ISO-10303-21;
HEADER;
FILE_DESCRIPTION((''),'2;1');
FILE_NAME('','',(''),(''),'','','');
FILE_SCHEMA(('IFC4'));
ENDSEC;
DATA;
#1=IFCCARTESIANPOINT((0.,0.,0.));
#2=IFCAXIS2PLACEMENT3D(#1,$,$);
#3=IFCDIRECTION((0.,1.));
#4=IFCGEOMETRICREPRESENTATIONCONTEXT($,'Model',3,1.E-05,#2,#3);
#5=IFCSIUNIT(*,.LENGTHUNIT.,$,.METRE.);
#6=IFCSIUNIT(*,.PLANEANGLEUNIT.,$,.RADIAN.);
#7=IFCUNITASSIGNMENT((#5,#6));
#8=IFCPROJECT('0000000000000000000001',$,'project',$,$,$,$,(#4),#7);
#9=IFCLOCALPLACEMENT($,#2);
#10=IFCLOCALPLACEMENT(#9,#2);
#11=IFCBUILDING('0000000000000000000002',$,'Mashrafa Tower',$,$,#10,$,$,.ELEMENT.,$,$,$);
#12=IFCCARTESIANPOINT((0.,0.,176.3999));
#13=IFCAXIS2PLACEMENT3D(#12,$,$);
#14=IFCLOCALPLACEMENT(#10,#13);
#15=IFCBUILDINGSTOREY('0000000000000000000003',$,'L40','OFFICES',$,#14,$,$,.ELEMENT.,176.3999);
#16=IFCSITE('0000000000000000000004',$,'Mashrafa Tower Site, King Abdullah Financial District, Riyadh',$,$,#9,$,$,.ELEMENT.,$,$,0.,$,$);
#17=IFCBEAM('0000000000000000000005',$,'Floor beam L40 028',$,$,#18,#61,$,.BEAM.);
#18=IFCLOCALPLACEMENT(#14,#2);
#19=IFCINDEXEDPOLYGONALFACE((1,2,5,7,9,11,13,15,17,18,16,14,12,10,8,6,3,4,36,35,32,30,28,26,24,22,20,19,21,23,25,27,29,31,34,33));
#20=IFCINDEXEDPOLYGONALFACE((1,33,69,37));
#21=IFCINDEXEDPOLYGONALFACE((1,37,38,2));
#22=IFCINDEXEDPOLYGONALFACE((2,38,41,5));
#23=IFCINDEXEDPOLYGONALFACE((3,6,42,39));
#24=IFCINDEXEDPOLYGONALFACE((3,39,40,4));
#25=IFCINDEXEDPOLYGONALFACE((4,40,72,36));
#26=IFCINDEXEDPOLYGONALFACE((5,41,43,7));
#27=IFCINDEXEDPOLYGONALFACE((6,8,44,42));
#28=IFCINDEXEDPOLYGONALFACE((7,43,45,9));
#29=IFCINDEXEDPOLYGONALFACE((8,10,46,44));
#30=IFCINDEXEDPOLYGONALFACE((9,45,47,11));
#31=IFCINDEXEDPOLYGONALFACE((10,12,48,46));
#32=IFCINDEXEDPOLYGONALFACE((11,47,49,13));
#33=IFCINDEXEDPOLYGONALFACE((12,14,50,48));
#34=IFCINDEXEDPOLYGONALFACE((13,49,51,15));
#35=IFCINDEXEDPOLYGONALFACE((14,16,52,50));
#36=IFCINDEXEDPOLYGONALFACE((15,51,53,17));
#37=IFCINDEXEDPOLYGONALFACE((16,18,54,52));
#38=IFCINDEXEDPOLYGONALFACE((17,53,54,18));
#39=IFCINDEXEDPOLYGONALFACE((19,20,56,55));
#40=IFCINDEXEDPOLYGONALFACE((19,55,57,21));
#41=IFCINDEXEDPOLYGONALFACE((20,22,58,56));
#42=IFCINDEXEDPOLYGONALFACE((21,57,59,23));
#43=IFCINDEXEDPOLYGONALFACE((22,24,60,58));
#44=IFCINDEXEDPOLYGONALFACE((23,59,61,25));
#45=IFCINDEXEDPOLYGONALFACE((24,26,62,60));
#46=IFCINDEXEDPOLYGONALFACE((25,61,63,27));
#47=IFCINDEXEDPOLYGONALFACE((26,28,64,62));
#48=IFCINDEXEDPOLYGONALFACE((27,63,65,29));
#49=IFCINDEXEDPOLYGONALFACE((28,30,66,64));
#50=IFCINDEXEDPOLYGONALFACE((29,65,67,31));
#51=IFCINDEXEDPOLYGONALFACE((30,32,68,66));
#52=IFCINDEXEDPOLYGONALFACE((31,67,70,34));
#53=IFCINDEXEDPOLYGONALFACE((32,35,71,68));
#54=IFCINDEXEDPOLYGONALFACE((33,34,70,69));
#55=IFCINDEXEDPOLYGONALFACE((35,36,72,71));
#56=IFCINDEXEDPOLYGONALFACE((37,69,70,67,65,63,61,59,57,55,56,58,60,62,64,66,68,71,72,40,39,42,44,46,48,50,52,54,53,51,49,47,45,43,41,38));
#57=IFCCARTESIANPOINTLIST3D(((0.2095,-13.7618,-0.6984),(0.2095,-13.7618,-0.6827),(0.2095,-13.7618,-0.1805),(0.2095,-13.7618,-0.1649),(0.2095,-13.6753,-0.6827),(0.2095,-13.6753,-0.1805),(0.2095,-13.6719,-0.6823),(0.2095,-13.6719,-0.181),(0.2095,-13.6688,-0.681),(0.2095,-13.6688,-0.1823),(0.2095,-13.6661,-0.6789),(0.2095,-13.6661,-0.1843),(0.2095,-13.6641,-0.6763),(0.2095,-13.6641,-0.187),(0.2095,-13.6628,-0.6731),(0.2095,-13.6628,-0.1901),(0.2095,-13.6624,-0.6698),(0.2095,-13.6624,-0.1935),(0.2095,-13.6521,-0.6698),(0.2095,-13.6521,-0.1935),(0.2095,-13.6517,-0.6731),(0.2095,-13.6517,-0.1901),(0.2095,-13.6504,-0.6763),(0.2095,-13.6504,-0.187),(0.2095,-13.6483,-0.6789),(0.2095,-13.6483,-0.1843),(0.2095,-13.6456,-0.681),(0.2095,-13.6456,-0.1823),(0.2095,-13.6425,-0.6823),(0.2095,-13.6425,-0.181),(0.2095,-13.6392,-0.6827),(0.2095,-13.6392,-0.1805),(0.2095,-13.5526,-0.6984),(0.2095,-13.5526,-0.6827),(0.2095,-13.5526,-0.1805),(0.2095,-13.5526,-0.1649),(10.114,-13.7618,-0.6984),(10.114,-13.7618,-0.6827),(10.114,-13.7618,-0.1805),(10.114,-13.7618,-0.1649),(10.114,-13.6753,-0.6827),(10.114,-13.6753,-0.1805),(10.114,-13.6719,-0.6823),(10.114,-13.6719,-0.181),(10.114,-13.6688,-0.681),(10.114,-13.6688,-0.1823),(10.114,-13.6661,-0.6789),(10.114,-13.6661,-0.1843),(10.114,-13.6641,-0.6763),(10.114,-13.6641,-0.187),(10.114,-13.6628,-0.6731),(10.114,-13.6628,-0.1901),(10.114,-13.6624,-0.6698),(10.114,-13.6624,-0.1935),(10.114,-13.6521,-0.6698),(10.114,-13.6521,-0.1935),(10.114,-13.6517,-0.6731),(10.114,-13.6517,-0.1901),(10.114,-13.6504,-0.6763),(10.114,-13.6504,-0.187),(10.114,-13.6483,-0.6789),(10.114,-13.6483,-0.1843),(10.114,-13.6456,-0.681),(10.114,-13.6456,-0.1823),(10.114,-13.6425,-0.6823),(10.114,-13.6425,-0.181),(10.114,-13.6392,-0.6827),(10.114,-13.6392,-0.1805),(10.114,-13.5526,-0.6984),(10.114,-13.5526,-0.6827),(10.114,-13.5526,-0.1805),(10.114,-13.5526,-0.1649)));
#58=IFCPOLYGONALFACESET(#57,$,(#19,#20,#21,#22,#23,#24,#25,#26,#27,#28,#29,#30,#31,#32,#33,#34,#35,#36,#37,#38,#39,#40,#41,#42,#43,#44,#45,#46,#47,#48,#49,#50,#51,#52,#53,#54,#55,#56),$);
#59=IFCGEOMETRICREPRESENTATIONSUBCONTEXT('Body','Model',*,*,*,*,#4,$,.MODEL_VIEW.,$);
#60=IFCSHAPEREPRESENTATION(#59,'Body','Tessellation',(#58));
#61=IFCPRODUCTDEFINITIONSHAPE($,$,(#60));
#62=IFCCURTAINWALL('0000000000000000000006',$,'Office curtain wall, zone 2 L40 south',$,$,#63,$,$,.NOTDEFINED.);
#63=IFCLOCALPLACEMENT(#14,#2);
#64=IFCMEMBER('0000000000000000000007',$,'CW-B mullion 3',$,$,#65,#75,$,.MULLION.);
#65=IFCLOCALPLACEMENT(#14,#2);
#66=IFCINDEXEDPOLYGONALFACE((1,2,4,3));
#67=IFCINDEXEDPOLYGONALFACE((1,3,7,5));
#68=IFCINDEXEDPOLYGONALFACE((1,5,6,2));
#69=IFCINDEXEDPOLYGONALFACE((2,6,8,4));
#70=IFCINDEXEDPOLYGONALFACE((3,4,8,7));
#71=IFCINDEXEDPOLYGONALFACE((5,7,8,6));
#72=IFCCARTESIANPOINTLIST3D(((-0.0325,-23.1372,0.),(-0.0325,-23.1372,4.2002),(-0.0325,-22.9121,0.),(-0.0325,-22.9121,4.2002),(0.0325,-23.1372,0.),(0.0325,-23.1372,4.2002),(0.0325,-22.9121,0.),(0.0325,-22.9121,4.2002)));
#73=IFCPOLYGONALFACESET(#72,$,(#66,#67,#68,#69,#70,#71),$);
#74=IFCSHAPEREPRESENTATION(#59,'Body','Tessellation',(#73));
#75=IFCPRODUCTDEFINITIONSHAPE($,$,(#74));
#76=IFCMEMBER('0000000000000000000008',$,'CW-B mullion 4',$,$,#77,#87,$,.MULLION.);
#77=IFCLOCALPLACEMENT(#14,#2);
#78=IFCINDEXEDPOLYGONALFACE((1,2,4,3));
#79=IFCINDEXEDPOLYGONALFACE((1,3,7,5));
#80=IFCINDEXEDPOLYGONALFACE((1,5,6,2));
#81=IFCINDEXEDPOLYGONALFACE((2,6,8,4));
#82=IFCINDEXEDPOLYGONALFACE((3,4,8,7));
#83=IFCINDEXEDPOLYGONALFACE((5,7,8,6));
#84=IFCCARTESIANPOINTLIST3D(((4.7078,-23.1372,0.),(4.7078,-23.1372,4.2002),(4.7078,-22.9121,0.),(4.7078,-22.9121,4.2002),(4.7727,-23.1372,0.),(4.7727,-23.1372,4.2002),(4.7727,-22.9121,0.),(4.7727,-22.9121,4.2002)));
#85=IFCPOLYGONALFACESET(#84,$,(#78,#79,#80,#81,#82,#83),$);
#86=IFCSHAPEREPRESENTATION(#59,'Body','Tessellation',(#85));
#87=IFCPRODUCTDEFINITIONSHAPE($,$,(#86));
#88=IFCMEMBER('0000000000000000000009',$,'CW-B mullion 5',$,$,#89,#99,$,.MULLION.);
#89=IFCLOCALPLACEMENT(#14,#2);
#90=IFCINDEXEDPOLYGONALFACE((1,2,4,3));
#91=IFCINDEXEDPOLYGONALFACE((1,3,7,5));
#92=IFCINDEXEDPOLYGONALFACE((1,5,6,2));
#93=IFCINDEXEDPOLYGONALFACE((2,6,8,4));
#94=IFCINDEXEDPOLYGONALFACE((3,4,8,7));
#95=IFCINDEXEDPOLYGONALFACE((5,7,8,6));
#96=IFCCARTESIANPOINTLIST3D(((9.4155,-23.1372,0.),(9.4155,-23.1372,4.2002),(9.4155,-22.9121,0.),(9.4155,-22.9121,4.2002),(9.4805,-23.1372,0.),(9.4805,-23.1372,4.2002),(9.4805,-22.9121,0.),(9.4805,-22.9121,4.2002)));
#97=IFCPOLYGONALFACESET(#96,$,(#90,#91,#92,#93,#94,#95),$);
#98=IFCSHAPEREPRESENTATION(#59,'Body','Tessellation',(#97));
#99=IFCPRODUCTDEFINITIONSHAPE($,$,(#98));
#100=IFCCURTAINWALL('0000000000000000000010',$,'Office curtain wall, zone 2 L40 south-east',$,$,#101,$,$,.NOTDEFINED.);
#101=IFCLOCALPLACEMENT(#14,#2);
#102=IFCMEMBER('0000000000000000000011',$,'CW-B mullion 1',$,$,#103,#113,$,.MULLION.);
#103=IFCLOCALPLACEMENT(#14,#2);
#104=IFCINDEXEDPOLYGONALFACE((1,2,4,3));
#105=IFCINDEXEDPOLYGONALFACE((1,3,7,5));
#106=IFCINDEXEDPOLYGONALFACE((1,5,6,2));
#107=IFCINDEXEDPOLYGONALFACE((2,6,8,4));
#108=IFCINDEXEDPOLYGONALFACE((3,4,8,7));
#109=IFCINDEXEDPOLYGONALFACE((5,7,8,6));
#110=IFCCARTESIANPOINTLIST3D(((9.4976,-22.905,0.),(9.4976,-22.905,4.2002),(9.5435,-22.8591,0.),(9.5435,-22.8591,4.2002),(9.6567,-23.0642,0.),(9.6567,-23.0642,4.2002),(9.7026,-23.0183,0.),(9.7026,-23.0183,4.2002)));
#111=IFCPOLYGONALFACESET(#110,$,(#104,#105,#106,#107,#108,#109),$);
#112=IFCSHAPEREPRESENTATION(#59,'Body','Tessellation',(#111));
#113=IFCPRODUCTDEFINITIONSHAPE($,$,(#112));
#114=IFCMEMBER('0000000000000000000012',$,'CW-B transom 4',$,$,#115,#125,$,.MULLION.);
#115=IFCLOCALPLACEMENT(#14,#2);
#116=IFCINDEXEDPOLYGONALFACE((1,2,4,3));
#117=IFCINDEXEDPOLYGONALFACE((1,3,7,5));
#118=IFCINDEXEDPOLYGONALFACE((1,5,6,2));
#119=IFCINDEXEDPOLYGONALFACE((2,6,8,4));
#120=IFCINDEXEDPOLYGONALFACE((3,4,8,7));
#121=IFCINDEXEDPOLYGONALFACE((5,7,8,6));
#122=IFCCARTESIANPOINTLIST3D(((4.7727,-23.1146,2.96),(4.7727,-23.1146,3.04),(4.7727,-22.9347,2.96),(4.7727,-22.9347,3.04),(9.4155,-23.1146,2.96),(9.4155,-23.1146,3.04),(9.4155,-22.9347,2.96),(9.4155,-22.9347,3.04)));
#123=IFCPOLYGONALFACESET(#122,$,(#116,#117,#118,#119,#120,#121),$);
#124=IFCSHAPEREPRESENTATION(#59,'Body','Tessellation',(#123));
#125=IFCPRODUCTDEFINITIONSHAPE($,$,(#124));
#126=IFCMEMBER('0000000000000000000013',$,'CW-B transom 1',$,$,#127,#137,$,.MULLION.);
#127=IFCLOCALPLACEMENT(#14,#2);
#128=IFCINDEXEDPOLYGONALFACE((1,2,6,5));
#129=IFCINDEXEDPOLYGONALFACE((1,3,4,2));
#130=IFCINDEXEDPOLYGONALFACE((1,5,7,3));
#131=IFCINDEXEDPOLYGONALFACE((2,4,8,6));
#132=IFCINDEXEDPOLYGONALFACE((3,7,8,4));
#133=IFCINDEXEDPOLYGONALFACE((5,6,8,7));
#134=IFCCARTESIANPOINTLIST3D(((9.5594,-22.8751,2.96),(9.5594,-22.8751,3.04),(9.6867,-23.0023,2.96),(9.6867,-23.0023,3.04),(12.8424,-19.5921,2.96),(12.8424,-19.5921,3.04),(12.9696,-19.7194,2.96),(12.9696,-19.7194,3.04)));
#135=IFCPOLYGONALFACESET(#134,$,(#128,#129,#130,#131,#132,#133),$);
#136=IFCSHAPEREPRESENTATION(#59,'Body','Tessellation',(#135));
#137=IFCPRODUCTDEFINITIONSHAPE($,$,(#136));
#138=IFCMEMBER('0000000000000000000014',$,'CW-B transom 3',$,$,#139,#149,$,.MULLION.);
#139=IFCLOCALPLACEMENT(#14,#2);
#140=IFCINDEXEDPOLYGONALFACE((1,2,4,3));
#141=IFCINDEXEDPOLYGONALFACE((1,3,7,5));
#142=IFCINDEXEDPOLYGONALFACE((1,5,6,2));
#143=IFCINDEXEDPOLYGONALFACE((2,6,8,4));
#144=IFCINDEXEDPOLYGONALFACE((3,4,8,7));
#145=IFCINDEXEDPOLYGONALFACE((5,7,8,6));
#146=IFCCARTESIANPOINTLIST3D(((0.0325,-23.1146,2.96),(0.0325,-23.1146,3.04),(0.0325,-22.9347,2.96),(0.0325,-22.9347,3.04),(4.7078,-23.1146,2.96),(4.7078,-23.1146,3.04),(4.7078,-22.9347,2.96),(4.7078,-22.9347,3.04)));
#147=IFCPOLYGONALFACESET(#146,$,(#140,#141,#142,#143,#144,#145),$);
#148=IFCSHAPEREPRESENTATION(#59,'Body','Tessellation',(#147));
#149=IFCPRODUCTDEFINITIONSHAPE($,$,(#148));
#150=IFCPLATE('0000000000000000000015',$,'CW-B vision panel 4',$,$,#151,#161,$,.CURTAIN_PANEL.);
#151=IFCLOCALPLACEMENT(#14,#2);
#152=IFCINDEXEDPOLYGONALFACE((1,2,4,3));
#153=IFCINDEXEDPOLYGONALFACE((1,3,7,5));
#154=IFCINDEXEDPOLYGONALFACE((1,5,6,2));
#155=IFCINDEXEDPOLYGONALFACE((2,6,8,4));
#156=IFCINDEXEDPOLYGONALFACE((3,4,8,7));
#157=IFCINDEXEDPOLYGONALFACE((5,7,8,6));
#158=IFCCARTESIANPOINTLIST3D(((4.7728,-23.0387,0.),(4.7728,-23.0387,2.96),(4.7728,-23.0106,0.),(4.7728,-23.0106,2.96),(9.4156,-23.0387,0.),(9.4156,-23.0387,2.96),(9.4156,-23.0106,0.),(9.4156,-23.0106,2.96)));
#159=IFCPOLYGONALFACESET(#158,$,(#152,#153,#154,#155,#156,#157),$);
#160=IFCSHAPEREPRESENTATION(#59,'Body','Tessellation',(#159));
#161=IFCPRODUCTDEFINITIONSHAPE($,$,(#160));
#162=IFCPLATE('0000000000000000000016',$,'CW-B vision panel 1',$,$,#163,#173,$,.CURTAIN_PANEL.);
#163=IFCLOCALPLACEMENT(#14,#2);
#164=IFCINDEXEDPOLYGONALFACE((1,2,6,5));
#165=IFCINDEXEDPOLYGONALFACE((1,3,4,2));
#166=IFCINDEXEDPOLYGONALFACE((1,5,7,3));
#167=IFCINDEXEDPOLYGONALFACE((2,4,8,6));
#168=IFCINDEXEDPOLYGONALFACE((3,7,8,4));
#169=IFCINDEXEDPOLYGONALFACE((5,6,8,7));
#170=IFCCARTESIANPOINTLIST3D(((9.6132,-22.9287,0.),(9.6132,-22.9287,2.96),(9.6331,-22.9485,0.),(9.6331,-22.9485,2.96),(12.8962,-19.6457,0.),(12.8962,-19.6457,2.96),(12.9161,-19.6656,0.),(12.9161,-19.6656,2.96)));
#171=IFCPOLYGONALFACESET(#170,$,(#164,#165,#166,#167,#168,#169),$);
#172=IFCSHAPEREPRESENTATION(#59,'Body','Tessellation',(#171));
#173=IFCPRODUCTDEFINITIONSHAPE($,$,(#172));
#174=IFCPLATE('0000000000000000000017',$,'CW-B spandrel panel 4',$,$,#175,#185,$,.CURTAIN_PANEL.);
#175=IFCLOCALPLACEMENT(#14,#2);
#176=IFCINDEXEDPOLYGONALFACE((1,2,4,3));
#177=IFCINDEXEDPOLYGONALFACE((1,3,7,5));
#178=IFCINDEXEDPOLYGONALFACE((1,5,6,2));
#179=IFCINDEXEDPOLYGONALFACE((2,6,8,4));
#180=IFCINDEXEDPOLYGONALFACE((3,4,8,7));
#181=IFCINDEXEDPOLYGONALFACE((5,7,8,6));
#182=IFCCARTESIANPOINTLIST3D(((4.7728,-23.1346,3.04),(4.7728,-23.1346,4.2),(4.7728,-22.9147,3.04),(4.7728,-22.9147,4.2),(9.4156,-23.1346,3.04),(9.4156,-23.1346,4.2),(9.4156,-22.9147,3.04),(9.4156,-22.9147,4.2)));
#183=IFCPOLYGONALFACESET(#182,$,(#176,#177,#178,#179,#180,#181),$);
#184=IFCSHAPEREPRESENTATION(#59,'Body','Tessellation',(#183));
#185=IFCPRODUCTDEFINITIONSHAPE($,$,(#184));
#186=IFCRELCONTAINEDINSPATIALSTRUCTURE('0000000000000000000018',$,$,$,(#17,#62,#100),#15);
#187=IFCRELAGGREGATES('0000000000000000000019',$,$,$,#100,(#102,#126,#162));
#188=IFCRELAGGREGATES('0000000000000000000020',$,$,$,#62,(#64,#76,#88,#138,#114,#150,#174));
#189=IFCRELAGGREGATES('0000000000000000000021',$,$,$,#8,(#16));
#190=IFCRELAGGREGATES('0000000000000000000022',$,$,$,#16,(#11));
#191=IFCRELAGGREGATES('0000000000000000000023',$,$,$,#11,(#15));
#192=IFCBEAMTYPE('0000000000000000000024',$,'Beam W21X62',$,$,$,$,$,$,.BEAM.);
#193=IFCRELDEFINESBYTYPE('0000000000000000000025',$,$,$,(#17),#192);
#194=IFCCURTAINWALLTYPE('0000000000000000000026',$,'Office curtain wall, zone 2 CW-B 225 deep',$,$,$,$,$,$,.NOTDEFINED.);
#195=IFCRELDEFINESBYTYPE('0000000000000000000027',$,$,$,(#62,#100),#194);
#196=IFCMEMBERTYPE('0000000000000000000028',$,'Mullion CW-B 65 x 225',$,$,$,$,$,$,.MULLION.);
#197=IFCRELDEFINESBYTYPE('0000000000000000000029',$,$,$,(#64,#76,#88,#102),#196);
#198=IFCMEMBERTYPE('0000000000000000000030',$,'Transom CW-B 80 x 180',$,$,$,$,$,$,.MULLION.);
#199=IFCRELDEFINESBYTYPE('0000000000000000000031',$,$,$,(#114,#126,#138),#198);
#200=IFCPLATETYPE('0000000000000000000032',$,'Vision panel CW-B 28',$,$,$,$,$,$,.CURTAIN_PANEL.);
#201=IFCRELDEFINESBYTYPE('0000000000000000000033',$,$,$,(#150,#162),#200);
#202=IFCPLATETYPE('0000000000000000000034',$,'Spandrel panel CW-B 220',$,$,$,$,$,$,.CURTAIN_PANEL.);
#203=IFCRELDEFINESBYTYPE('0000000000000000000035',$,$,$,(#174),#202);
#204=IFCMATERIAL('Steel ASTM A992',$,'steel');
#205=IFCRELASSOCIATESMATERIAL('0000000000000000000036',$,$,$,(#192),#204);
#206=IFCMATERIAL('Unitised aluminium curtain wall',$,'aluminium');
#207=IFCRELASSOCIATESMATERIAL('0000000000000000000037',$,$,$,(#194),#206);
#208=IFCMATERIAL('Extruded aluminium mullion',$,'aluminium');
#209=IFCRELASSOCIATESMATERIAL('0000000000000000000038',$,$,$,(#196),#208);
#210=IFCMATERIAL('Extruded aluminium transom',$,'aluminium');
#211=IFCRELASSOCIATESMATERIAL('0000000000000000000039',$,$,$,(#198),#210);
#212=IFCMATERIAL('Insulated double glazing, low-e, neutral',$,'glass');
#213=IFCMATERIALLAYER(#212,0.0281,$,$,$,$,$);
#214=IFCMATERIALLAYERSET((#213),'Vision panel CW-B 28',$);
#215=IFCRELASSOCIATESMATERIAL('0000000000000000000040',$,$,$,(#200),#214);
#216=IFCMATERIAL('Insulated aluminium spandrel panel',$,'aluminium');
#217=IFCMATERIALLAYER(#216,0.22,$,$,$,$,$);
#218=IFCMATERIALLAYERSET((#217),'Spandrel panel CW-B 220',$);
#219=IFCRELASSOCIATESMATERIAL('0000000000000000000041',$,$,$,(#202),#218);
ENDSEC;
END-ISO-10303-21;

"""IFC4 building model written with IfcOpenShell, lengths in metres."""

from ifc_helpers import new_model, si_unit, direction, frame, origin, origin_2d, place, context, subcontext, project, spatial, rectangle, i_section, extrude, source, transform, mapped, material, layer, layer_set, material_profile, profile_set, type_object, type_shapes, element, aggregate, save


model = new_model("IFC4")

# Units and contexts
model_context = context("Model", 3, precision=1e-05, world=origin(), true_north=direction((0.0, 1.0)))
body_context = subcontext(model_context, "Body", "Model", "MODEL_VIEW")
ifc_project = project(units=[si_unit("LENGTHUNIT", "METRE"), si_unit("PLANEANGLEUNIT", "RADIAN")], contexts=[model_context])

# Site, building, storey
site_placement = place(None, origin())
site = spatial("IfcSite", under=ifc_project, at=site_placement, Name="Mashrafa Tower Site, King Abdullah Financial District, Riyadh", CompositionType="ELEMENT", RefElevation=0.0)
building_placement = place(site_placement, origin())
building = spatial("IfcBuilding", under=site, at=building_placement, Name="Mashrafa Tower", CompositionType="ELEMENT")
storey_placement = place(building_placement, frame((0.0, 0.0, 176.3999)))
storey = spatial("IfcBuildingStorey", under=building, at=storey_placement, Name="L40", Description="OFFICES", CompositionType="ELEMENT", Elevation=176.3999)

# Beam
ifc_material_1 = material(Name="Steel ASTM A992", Category="steel")
ifc_material_profile_1 = material_profile(ifc_material_1, i_section(OverallWidth=0.2092, OverallDepth=0.5334, WebThickness=0.0103, FlangeThickness=0.0156, FilletRadius=0.0129, at=origin_2d()), Name="W21X62")
ifc_profile_set_1 = profile_set([ifc_material_profile_1], Name="Steel ASTM A992")
beam_type_1 = type_object("IfcBeamType", Name="Beam W21X62", PredefinedType="BEAM", material=ifc_profile_set_1)
beam_1_placement = place(storey_placement, frame((10.114, -13.6572, -0.4316), z_axis=(-1.0, 0.0, 0.0), x_axis=(0.0, -1.0, 0.0)))
element("IfcBeam", 1, at=beam_1_placement, inside=storey, type_object=beam_type_1, Name="Floor beam L40 028", PredefinedType="BEAM", context=body_context, shape_type="SweptSolid", body=[
    extrude(i_section(OverallWidth=0.2092, OverallDepth=0.5334, WebThickness=0.0103, FlangeThickness=0.0156, FilletRadius=0.0129, at=origin_2d()), origin(), (0.0, 0.0, 1.0), 9.9045),
])

# Curtain wall, members
ifc_material_2 = material(Name="Unitised aluminium curtain wall", Category="aluminium")
curtain_wall_type = type_object("IfcCurtainWallType", Name="Office curtain wall, zone 2 CW-B 225 deep", PredefinedType="NOTDEFINED", material=ifc_material_2)
curtain_wall_1_placement = place(storey_placement, origin())
curtain_wall_1 = element("IfcCurtainWall", 2, at=curtain_wall_1_placement, inside=storey, type_object=curtain_wall_type, Name="Office curtain wall, zone 2 L40 south", PredefinedType="NOTDEFINED")
ifc_material_3 = material(Name="Extruded aluminium mullion", Category="aluminium")
ifc_material_profile_2 = material_profile(ifc_material_3, rectangle(XDim=0.2251, YDim=0.0649, at=origin_2d()), Name="Mullion 65x225")
ifc_profile_set_2 = profile_set([ifc_material_profile_2], Name="Extruded aluminium mullion")
member_type_1 = type_object("IfcMemberType", Name="Mullion CW-B 65 x 225", PredefinedType="MULLION", material=ifc_profile_set_2)
shared_shape_1 = source(origin(), body_context, "Body", "SweptSolid", [
    extrude(rectangle(XDim=0.2251, YDim=0.0649, at=origin_2d()), origin(), (0.0, 0.0, 1.0), 4.2002),
])
type_shapes(member_type_1, [shared_shape_1])
member_1_placement = place(storey_placement, frame((0.0, -23.0247, 0.0), z_axis=(0.0, 0.0, 1.0), x_axis=(0.0, 1.0, 0.0)))
member_1 = element("IfcMember", 3, at=member_1_placement, type_object=member_type_1, Name="CW-B mullion 3", PredefinedType="MULLION", context=body_context, shape_type="MappedRepresentation", body=[
    mapped(shared_shape_1, transform((0.0, 0.0, 0.0))),
])
member_2_placement = place(storey_placement, frame((4.7402, -23.0247, 0.0), z_axis=(0.0, 0.0, 1.0), x_axis=(0.0, 1.0, 0.0)))
member_2 = element("IfcMember", 4, at=member_2_placement, type_object=member_type_1, Name="CW-B mullion 4", PredefinedType="MULLION", context=body_context, shape_type="MappedRepresentation", body=[
    mapped(shared_shape_1, transform((0.0, 0.0, 0.0))),
])
member_3_placement = place(storey_placement, frame((9.448, -23.0247, 0.0), z_axis=(0.0, 0.0, 1.0), x_axis=(0.0, 1.0, 0.0)))
member_3 = element("IfcMember", 5, at=member_3_placement, type_object=member_type_1, Name="CW-B mullion 5", PredefinedType="MULLION", context=body_context, shape_type="MappedRepresentation", body=[
    mapped(shared_shape_1, transform((0.0, 0.0, 0.0))),
])

# Curtain wall, member
curtain_wall_2_placement = place(storey_placement, origin())
curtain_wall_2 = element("IfcCurtainWall", 6, at=curtain_wall_2_placement, inside=storey, type_object=curtain_wall_type, Name="Office curtain wall, zone 2 L40 south-east", PredefinedType="NOTDEFINED")
member_4_placement = place(storey_placement, frame((9.6001, -22.9617, 0.0), z_axis=(0.0, 0.0, 1.0), x_axis=(-0.707107, 0.707107, 0.0)))
member_4 = element("IfcMember", 7, at=member_4_placement, type_object=member_type_1, Name="CW-B mullion 1", PredefinedType="MULLION", context=body_context, shape_type="MappedRepresentation", body=[
    mapped(shared_shape_1, transform((0.0, 0.0, 0.0))),
])

# Members
ifc_material_4 = material(Name="Extruded aluminium transom", Category="aluminium")
ifc_material_profile_3 = material_profile(ifc_material_4, rectangle(XDim=0.1799, YDim=0.0801, at=origin_2d()), Name="Transom 80x180")
ifc_profile_set_3 = profile_set([ifc_material_profile_3], Name="Extruded aluminium transom")
member_type_2 = type_object("IfcMemberType", Name="Transom CW-B 80 x 180", PredefinedType="MULLION", material=ifc_profile_set_3)
shared_shape_2 = source(origin(), body_context, "Body", "SweptSolid", [
    extrude(rectangle(XDim=0.1799, YDim=0.0801, at=origin_2d()), origin(), (0.0, 0.0, 1.0), 4.6428),
])
member_5_placement = place(storey_placement, frame((4.7727, -23.0247, 3.0), z_axis=(1.0, 0.0, 0.0), x_axis=(0.0, 1.0, 0.0)))
member_5 = element("IfcMember", 8, at=member_5_placement, type_object=member_type_2, Name="CW-B transom 4", PredefinedType="MULLION", context=body_context, shape_type="MappedRepresentation", body=[
    mapped(shared_shape_2, transform((0.0, 0.0, 0.0))),
])
member_6_placement = place(storey_placement, frame((9.623, -22.9387, 3.0), z_axis=(0.707107, 0.707107, 0.0), x_axis=(-0.707107, 0.707107, 0.0)))
member_6 = element("IfcMember", 9, at=member_6_placement, type_object=member_type_2, Name="CW-B transom 1", PredefinedType="MULLION", context=body_context, shape_type="MappedRepresentation", body=[
    mapped(shared_shape_2, transform((0.0, 0.0, 0.0))),
])
shared_shape_3 = source(origin(), body_context, "Body", "SweptSolid", [
    extrude(rectangle(XDim=0.1799, YDim=0.0801, at=origin_2d()), origin(), (0.0, 0.0, 1.0), 4.6753),
])
type_shapes(member_type_2, [shared_shape_2, shared_shape_3])
member_7_placement = place(storey_placement, frame((0.0325, -23.0247, 3.0), z_axis=(1.0, 0.0, 0.0), x_axis=(0.0, 1.0, 0.0)))
member_7 = element("IfcMember", 10, at=member_7_placement, type_object=member_type_2, Name="CW-B transom 3", PredefinedType="MULLION", context=body_context, shape_type="MappedRepresentation", body=[
    mapped(shared_shape_3, transform((0.0, 0.0, 0.0))),
])

# Plates
ifc_material_5 = material(Name="Insulated double glazing, low-e, neutral", Category="glass")
ifc_layer_1 = layer(ifc_material_5, 0.0281)
ifc_layer_set_1 = layer_set([ifc_layer_1], Name="Vision panel CW-B 28")
plate_type_1 = type_object("IfcPlateType", Name="Vision panel CW-B 28", PredefinedType="CURTAIN_PANEL", material=ifc_layer_set_1)
shared_shape_4 = source(origin(), body_context, "Body", "SweptSolid", [
    extrude(rectangle(XDim=4.6428, YDim=0.0281, at=origin_2d()), origin(), (0.0, 0.0, 1.0), 2.96),
])
plate_1_placement = place(storey_placement, frame((7.0942, -23.0247, 0.0), z_axis=(0.0, 0.0, 1.0), x_axis=(1.0, 0.0, 0.0)))
plate_1 = element("IfcPlate", 11, at=plate_1_placement, type_object=plate_type_1, Name="CW-B vision panel 4", PredefinedType="CURTAIN_PANEL", context=body_context, shape_type="MappedRepresentation", body=[
    mapped(shared_shape_4, transform((0.0, 0.0, 0.0))),
])
plate_2_placement = place(storey_placement, frame((11.2646, -21.2971, 0.0), z_axis=(0.0, 0.0, 1.0), x_axis=(0.707107, 0.707107, 0.0)))
plate_2 = element("IfcPlate", 12, at=plate_2_placement, type_object=plate_type_1, Name="CW-B vision panel 1", PredefinedType="CURTAIN_PANEL", context=body_context, shape_type="MappedRepresentation", body=[
    mapped(shared_shape_4, transform((0.0, 0.0, 0.0))),
])
ifc_material_6 = material(Name="Insulated aluminium spandrel panel", Category="aluminium")
ifc_layer_2 = layer(ifc_material_6, 0.22)
ifc_layer_set_2 = layer_set([ifc_layer_2], Name="Spandrel panel CW-B 220")
plate_type_2 = type_object("IfcPlateType", Name="Spandrel panel CW-B 220", PredefinedType="CURTAIN_PANEL", material=ifc_layer_set_2)
shared_shape_5 = source(origin(), body_context, "Body", "SweptSolid", [
    extrude(rectangle(XDim=4.6428, YDim=0.22, at=origin_2d()), origin(), (0.0, 0.0, 1.0), 1.1599),
])
plate_3_placement = place(storey_placement, frame((7.0942, -23.0247, 3.04), z_axis=(0.0, 0.0, 1.0), x_axis=(1.0, 0.0, 0.0)))
plate_3 = element("IfcPlate", 13, at=plate_3_placement, type_object=plate_type_2, Name="CW-B spandrel panel 4", PredefinedType="CURTAIN_PANEL", context=body_context, shape_type="MappedRepresentation", body=[
    mapped(shared_shape_5, transform((0.0, 0.0, 0.0))),
])
aggregate(curtain_wall_2, [member_4, member_6, plate_2])
aggregate(curtain_wall_1, [member_1, member_2, member_3, member_7, member_5, plate_1, plate_3])

save(model, "model.ifc")
